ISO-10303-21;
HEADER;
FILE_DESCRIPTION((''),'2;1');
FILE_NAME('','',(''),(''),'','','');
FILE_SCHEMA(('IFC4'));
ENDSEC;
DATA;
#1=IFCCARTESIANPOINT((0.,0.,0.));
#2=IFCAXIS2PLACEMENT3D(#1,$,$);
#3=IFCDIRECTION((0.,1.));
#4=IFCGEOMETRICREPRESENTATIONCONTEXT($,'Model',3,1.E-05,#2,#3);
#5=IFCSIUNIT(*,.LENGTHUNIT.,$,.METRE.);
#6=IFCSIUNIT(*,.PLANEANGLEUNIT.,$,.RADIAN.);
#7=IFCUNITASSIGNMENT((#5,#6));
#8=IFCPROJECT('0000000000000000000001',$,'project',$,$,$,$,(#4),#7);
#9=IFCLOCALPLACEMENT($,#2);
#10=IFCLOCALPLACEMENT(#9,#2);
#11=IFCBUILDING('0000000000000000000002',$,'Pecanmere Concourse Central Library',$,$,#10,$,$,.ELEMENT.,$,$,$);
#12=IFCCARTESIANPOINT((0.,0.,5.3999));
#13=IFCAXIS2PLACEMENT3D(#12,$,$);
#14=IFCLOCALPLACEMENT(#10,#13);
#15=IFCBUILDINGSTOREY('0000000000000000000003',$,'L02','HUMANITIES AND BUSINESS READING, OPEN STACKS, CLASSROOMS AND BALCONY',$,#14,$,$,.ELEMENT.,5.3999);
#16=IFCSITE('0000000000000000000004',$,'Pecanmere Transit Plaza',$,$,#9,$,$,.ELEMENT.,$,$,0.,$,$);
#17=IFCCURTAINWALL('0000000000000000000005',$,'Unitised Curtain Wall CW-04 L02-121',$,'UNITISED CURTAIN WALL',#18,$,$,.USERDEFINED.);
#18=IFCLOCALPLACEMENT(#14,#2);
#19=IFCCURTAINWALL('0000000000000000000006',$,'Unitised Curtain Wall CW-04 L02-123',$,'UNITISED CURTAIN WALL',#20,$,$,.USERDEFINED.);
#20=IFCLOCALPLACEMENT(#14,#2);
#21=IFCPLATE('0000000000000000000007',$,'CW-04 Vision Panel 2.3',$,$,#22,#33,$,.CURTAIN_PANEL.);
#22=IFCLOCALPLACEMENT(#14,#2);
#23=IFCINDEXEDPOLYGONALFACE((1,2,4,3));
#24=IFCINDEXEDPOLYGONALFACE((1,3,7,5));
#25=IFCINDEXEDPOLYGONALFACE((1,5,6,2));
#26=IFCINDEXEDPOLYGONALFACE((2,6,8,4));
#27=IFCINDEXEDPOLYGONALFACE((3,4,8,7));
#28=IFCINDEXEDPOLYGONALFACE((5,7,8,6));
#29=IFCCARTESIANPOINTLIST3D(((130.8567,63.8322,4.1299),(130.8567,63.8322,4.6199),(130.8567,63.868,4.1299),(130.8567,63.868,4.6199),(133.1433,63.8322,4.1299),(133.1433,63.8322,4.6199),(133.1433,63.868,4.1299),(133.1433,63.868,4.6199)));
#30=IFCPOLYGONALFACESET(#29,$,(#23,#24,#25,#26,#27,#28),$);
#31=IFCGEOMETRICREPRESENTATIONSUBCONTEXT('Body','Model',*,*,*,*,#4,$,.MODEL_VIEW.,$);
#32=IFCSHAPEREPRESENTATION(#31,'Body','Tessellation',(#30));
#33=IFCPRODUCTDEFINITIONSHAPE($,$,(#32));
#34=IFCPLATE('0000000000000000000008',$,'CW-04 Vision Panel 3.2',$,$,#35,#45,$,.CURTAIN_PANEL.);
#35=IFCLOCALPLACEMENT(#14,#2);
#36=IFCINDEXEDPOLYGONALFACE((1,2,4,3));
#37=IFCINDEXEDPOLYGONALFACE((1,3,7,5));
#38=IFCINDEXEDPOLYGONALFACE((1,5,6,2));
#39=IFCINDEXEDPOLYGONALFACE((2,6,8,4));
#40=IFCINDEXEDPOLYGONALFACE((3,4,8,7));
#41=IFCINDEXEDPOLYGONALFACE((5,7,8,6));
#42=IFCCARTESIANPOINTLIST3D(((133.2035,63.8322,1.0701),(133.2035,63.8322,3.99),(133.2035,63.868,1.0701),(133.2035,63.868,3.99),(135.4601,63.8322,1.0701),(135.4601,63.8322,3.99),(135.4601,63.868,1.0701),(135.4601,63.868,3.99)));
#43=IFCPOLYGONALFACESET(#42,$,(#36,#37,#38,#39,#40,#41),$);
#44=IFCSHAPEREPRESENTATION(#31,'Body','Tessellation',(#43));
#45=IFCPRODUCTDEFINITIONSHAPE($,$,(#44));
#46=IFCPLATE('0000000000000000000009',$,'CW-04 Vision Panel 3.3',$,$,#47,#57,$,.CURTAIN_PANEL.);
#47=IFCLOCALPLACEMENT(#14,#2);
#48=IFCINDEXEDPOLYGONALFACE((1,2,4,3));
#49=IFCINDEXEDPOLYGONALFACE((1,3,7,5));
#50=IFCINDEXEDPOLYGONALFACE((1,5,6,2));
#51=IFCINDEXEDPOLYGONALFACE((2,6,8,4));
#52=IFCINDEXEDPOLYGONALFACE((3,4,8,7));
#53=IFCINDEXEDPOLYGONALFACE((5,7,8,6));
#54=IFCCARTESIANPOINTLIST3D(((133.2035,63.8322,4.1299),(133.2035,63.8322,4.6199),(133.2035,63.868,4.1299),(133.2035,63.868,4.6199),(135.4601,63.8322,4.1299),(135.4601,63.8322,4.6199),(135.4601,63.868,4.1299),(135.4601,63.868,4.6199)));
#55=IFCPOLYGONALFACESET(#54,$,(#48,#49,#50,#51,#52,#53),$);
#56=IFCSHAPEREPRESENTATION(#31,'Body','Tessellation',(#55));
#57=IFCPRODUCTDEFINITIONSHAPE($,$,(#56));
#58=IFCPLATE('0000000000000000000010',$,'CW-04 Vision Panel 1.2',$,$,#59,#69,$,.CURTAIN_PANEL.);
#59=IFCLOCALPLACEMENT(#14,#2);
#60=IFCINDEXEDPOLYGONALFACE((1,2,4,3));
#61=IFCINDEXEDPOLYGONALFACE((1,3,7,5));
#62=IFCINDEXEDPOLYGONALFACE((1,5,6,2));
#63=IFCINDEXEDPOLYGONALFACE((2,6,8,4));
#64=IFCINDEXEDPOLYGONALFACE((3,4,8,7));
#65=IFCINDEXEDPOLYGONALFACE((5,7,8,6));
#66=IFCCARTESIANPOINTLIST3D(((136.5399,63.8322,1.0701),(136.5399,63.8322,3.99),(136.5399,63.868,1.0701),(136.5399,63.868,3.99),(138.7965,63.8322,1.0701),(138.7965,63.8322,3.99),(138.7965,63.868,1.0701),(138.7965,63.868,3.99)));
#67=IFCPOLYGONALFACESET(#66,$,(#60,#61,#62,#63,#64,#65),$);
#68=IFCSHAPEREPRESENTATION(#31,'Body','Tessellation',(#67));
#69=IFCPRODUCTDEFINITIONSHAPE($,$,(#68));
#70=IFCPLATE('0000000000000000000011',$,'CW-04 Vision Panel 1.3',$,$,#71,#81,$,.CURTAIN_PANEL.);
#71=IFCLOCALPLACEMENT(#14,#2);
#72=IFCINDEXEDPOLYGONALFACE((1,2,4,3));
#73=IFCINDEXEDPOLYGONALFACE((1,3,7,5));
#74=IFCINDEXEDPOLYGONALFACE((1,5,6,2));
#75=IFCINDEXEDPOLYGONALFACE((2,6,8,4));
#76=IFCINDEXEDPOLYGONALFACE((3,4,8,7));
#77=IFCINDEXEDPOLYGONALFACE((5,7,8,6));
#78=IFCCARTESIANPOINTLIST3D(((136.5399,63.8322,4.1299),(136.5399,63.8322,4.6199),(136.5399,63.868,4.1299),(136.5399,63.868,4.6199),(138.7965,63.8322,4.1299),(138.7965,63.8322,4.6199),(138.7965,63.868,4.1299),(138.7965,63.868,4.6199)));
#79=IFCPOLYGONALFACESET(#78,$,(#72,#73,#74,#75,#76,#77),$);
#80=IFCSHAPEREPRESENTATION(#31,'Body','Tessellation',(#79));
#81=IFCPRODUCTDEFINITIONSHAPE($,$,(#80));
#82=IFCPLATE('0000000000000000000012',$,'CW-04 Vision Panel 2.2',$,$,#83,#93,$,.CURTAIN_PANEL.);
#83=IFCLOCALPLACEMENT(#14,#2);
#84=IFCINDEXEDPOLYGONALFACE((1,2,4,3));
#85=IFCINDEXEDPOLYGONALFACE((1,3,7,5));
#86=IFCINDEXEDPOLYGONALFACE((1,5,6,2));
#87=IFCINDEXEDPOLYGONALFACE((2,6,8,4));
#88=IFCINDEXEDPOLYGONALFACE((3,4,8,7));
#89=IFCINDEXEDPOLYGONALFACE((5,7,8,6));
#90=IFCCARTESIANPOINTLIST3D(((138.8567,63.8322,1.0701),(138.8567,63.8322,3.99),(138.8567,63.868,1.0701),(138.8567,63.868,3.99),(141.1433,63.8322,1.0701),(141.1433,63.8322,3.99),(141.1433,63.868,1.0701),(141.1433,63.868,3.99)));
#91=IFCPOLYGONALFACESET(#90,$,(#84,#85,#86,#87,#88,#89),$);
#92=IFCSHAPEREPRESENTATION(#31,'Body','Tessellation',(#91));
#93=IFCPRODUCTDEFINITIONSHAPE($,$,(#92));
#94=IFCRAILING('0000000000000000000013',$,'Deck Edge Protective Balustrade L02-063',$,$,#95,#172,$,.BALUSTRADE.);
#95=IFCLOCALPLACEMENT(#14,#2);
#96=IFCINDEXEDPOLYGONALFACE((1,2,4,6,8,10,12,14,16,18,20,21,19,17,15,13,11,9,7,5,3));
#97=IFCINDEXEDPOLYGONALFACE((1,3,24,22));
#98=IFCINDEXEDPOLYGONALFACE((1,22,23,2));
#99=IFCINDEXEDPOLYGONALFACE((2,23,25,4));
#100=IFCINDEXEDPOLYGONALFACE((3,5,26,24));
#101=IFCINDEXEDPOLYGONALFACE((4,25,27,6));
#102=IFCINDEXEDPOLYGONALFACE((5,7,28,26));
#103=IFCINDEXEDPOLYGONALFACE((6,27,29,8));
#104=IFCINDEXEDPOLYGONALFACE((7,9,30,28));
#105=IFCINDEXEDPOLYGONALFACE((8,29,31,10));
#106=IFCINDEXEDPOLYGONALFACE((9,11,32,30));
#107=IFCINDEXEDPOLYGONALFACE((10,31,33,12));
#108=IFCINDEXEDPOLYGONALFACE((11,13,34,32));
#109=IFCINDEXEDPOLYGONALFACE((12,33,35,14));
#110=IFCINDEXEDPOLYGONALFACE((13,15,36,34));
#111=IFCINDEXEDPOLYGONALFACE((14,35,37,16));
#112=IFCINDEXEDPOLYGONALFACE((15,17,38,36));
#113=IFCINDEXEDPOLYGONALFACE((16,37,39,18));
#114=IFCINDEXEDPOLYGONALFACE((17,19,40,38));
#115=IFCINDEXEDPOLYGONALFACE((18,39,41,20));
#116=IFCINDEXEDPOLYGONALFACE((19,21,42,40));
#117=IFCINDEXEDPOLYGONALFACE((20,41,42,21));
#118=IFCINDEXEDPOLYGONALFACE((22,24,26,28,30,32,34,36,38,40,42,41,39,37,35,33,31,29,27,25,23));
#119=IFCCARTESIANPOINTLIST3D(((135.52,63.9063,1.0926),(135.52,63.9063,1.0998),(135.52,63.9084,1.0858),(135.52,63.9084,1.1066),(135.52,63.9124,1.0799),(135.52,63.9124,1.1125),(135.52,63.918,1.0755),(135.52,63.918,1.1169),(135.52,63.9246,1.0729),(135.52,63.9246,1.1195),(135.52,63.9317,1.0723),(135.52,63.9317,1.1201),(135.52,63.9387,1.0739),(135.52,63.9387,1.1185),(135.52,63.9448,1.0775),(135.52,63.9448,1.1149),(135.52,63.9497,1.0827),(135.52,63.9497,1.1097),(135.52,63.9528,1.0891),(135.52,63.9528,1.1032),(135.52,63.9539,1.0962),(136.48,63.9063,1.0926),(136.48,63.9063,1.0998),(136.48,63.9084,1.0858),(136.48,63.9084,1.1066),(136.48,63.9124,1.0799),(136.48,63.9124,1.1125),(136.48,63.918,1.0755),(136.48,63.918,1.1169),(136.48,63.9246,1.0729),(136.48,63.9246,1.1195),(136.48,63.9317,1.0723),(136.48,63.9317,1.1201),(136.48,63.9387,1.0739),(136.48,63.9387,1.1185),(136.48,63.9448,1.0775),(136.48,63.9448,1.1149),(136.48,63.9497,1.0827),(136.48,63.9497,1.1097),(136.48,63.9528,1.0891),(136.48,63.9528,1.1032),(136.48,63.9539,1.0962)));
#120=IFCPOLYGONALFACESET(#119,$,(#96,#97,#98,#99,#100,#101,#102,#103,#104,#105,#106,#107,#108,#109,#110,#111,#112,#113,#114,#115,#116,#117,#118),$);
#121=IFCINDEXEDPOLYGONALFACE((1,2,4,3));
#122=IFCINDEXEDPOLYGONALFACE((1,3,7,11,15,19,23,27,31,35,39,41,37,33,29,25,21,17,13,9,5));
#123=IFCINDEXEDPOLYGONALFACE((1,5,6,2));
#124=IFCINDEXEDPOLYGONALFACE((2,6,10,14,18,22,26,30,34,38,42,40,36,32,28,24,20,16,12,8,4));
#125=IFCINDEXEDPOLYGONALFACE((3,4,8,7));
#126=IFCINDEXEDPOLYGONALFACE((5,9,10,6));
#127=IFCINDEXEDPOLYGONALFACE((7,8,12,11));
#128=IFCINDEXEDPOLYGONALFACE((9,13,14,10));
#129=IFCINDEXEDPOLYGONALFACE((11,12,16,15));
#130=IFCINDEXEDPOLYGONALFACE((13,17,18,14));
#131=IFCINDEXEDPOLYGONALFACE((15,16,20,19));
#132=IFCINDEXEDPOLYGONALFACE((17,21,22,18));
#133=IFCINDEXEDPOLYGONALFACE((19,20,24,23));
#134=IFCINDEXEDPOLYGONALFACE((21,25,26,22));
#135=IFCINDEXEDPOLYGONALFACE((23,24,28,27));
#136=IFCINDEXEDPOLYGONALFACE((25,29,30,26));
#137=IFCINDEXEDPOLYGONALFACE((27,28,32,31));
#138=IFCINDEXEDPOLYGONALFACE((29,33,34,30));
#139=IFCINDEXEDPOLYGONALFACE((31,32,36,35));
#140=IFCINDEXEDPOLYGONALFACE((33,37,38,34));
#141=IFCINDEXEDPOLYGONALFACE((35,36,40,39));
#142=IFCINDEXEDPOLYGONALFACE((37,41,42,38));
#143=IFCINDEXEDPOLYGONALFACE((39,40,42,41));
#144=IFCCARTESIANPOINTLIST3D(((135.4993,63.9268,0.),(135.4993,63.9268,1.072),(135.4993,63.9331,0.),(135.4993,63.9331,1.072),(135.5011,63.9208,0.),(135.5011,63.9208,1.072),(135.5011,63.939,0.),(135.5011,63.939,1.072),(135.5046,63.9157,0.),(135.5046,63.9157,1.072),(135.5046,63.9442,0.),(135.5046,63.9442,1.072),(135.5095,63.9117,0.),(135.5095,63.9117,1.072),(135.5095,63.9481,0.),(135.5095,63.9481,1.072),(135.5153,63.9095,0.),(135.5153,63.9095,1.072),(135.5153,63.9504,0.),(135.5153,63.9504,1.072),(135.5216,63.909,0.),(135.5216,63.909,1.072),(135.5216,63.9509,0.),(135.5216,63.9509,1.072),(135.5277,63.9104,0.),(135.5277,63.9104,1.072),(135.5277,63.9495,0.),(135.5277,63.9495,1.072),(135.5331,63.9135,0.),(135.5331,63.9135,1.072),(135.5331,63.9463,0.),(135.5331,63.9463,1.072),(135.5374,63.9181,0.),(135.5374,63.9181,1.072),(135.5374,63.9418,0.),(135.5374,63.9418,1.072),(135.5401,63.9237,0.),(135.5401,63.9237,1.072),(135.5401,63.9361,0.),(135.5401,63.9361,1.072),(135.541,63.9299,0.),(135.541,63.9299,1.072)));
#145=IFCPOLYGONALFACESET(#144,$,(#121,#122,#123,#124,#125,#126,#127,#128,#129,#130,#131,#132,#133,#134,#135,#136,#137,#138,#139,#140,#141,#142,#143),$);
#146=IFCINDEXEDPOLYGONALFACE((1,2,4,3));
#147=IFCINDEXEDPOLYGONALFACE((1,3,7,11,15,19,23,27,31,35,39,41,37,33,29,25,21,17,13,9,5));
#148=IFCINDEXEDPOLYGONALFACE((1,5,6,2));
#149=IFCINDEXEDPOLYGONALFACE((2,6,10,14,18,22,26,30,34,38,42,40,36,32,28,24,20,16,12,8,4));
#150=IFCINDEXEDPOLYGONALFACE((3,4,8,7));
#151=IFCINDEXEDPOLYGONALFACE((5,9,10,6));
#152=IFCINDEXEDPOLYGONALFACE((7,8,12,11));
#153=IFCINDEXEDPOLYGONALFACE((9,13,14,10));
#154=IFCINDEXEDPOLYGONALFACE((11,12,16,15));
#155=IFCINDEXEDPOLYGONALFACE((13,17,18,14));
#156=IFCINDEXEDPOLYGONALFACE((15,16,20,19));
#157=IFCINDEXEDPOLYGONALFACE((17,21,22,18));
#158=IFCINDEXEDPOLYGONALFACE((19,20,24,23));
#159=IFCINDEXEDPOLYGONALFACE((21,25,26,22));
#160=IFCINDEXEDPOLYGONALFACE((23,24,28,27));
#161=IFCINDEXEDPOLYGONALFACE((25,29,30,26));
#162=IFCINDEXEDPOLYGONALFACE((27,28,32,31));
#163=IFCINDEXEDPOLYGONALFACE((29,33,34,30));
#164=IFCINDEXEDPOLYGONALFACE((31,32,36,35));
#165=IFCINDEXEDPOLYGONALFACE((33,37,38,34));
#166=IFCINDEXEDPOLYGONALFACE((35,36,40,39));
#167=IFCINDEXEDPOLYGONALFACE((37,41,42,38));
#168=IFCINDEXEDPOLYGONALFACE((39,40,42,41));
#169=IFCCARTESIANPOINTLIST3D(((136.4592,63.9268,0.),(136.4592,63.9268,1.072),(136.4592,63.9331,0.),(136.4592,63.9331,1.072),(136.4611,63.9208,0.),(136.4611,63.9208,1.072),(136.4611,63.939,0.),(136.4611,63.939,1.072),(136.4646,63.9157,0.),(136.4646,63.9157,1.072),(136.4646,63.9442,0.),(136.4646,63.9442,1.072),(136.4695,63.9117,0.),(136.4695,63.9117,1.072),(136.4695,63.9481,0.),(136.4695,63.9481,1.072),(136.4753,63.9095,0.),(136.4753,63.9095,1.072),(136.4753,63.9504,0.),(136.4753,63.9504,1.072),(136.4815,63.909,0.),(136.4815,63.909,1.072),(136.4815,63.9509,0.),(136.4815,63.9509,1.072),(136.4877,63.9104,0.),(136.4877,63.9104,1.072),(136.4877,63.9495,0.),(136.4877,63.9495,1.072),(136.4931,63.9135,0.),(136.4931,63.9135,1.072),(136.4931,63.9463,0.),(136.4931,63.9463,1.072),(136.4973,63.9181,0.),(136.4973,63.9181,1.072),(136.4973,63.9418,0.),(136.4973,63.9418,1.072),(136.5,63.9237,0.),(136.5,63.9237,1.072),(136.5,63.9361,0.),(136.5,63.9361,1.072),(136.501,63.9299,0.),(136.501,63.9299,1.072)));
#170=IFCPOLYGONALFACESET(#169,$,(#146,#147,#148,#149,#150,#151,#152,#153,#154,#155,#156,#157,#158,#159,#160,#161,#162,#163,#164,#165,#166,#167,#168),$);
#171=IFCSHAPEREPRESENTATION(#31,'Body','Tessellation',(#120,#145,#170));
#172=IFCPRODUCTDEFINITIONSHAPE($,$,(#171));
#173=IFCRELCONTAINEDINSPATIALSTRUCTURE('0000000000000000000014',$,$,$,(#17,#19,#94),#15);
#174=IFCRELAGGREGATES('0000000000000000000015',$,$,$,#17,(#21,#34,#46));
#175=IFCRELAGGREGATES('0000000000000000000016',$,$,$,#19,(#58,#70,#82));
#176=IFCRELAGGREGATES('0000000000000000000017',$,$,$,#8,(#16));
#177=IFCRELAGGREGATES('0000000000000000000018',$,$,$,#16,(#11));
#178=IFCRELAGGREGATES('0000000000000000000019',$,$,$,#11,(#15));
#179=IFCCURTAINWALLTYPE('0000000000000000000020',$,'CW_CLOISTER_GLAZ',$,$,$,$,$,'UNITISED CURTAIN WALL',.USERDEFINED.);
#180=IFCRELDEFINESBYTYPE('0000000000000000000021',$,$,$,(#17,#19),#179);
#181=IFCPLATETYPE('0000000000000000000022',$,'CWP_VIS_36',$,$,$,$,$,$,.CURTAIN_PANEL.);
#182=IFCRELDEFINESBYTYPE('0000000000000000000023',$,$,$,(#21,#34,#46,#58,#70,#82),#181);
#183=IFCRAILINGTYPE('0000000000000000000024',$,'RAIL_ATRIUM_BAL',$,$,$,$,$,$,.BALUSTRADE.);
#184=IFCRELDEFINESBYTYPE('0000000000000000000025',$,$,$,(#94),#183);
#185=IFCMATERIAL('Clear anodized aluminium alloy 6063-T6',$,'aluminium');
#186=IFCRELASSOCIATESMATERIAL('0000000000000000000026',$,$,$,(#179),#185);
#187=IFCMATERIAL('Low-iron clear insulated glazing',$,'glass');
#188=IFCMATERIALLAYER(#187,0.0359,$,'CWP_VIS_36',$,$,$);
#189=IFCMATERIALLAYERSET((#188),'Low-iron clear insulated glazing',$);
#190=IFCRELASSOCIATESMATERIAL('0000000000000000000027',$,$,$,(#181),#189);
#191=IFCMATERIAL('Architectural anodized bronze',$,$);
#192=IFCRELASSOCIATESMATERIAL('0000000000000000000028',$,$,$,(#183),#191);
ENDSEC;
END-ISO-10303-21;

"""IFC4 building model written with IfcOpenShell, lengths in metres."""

from ifc_helpers import new_model, si_unit, direction, frame, origin, origin_2d, place, context, subcontext, project, spatial, rectangle, circle, extrude, material, layer, layer_set, type_object, element, aggregate, save


model = new_model("IFC4")

# Units and contexts
model_context = context("Model", 3, precision=1e-05, world=origin(), true_north=direction((0.0, 1.0)))
body_context = subcontext(model_context, "Body", "Model", "MODEL_VIEW")
ifc_project = project(units=[si_unit("LENGTHUNIT", "METRE"), si_unit("PLANEANGLEUNIT", "RADIAN")], contexts=[model_context])

# Site, building, storey
site_placement = place(None, origin())
site = spatial("IfcSite", under=ifc_project, at=site_placement, Name="Pecanmere Transit Plaza", CompositionType="ELEMENT", RefElevation=0.0)
building_placement = place(site_placement, origin())
building = spatial("IfcBuilding", under=site, at=building_placement, Name="Pecanmere Concourse Central Library", CompositionType="ELEMENT")
storey_placement = place(building_placement, frame((0.0, 0.0, 5.3999)))
storey = spatial("IfcBuildingStorey", under=building, at=storey_placement, Name="L02", Description="HUMANITIES AND BUSINESS READING, OPEN STACKS, CLASSROOMS AND BALCONY", CompositionType="ELEMENT", Elevation=5.3999)

# Curtain walls
ifc_material_1 = material(Name="Clear anodized aluminium alloy 6063-T6", Category="aluminium")
curtain_wall_type = type_object("IfcCurtainWallType", Name="CW_CLOISTER_GLAZ", ElementType="UNITISED CURTAIN WALL", PredefinedType="USERDEFINED", material=ifc_material_1)
curtain_wall_1_placement = place(storey_placement, origin())
curtain_wall_1 = element("IfcCurtainWall", 1, at=curtain_wall_1_placement, inside=storey, type_object=curtain_wall_type, Name="Unitised Curtain Wall CW-04 L02-121", ObjectType="UNITISED CURTAIN WALL", PredefinedType="USERDEFINED")
curtain_wall_2_placement = place(storey_placement, origin())
curtain_wall_2 = element("IfcCurtainWall", 2, at=curtain_wall_2_placement, inside=storey, type_object=curtain_wall_type, Name="Unitised Curtain Wall CW-04 L02-123", ObjectType="UNITISED CURTAIN WALL", PredefinedType="USERDEFINED")

# Plates
ifc_material_2 = material(Name="Low-iron clear insulated glazing", Category="glass")
ifc_layer_1 = layer(ifc_material_2, 0.0359, Name="CWP_VIS_36")
ifc_layer_set_1 = layer_set([ifc_layer_1], Name="Low-iron clear insulated glazing")
plate_type_1 = type_object("IfcPlateType", Name="CWP_VIS_36", PredefinedType="CURTAIN_PANEL", material=ifc_layer_set_1)
plate_1_placement = place(storey_placement, frame((132.0, 63.8501, 4.1299), z_axis=(0.0, 0.0, 1.0), x_axis=(1.0, 0.0, 0.0)))
plate_1 = element("IfcPlate", 3, at=plate_1_placement, type_object=plate_type_1, Name="CW-04 Vision Panel 2.3", PredefinedType="CURTAIN_PANEL", context=body_context, shape_type="SweptSolid", body=[
    extrude(rectangle(XDim=2.2866, YDim=0.0359, at=origin_2d()), origin(), (0.0, 0.0, 1.0), 0.49),
])
plate_2_placement = place(storey_placement, frame((134.3318, 63.8501, 1.0701), z_axis=(0.0, 0.0, 1.0), x_axis=(1.0, 0.0, 0.0)))
plate_2 = element("IfcPlate", 4, at=plate_2_placement, type_object=plate_type_1, Name="CW-04 Vision Panel 3.2", PredefinedType="CURTAIN_PANEL", context=body_context, shape_type="SweptSolid", body=[
    extrude(rectangle(XDim=2.2566, YDim=0.0359, at=origin_2d()), origin(), (0.0, 0.0, 1.0), 2.9199),
])
plate_3_placement = place(storey_placement, frame((134.3318, 63.8501, 4.1299), z_axis=(0.0, 0.0, 1.0), x_axis=(1.0, 0.0, 0.0)))
plate_3 = element("IfcPlate", 5, at=plate_3_placement, type_object=plate_type_1, Name="CW-04 Vision Panel 3.3", PredefinedType="CURTAIN_PANEL", context=body_context, shape_type="SweptSolid", body=[
    extrude(rectangle(XDim=2.2566, YDim=0.0359, at=origin_2d()), origin(), (0.0, 0.0, 1.0), 0.49),
])
aggregate(curtain_wall_1, [plate_1, plate_2, plate_3])
plate_4_placement = place(storey_placement, frame((137.6682, 63.8501, 1.0701), z_axis=(0.0, 0.0, 1.0), x_axis=(1.0, 0.0, 0.0)))
plate_4 = element("IfcPlate", 6, at=plate_4_placement, type_object=plate_type_1, Name="CW-04 Vision Panel 1.2", PredefinedType="CURTAIN_PANEL", context=body_context, shape_type="SweptSolid", body=[
    extrude(rectangle(XDim=2.2566, YDim=0.0359, at=origin_2d()), origin(), (0.0, 0.0, 1.0), 2.9199),
])
plate_5_placement = place(storey_placement, frame((137.6682, 63.8501, 4.1299), z_axis=(0.0, 0.0, 1.0), x_axis=(1.0, 0.0, 0.0)))
plate_5 = element("IfcPlate", 7, at=plate_5_placement, type_object=plate_type_1, Name="CW-04 Vision Panel 1.3", PredefinedType="CURTAIN_PANEL", context=body_context, shape_type="SweptSolid", body=[
    extrude(rectangle(XDim=2.2566, YDim=0.0359, at=origin_2d()), origin(), (0.0, 0.0, 1.0), 0.49),
])
plate_6_placement = place(storey_placement, frame((140.0, 63.8501, 1.0701), z_axis=(0.0, 0.0, 1.0), x_axis=(1.0, 0.0, 0.0)))
plate_6 = element("IfcPlate", 8, at=plate_6_placement, type_object=plate_type_1, Name="CW-04 Vision Panel 2.2", PredefinedType="CURTAIN_PANEL", context=body_context, shape_type="SweptSolid", body=[
    extrude(rectangle(XDim=2.2866, YDim=0.0359, at=origin_2d()), origin(), (0.0, 0.0, 1.0), 2.9199),
])
aggregate(curtain_wall_2, [plate_4, plate_5, plate_6])

# Railing
ifc_material_3 = material(Name="Architectural anodized bronze")
railing_type = type_object("IfcRailingType", Name="RAIL_ATRIUM_BAL", PredefinedType="BALUSTRADE", material=ifc_material_3)
railing_placement = place(storey_placement, frame((135.52, 63.9299, 0.0)))
element("IfcRailing", 9, at=railing_placement, inside=storey, type_object=railing_type, Name="Deck Edge Protective Balustrade L02-063", PredefinedType="BALUSTRADE", context=body_context, shape_type="SweptSolid", body=[
    extrude(circle(Radius=0.0239, at=origin_2d()), frame((0.0, 0.0, 1.0962), z_axis=(1.0, 0.0, 0.0), x_axis=(0.0, 1.0, 0.0)), (0.0, 0.0, 1.0), 0.96),
    extrude(circle(Radius=0.021, at=origin_2d()), origin(), (0.0, 0.0, 1.0), 1.072),
    extrude(circle(Radius=0.021, at=origin_2d()), frame((0.96, 0.0, 0.0)), (0.0, 0.0, 1.0), 1.072),
])

save(model, "model.ifc")
